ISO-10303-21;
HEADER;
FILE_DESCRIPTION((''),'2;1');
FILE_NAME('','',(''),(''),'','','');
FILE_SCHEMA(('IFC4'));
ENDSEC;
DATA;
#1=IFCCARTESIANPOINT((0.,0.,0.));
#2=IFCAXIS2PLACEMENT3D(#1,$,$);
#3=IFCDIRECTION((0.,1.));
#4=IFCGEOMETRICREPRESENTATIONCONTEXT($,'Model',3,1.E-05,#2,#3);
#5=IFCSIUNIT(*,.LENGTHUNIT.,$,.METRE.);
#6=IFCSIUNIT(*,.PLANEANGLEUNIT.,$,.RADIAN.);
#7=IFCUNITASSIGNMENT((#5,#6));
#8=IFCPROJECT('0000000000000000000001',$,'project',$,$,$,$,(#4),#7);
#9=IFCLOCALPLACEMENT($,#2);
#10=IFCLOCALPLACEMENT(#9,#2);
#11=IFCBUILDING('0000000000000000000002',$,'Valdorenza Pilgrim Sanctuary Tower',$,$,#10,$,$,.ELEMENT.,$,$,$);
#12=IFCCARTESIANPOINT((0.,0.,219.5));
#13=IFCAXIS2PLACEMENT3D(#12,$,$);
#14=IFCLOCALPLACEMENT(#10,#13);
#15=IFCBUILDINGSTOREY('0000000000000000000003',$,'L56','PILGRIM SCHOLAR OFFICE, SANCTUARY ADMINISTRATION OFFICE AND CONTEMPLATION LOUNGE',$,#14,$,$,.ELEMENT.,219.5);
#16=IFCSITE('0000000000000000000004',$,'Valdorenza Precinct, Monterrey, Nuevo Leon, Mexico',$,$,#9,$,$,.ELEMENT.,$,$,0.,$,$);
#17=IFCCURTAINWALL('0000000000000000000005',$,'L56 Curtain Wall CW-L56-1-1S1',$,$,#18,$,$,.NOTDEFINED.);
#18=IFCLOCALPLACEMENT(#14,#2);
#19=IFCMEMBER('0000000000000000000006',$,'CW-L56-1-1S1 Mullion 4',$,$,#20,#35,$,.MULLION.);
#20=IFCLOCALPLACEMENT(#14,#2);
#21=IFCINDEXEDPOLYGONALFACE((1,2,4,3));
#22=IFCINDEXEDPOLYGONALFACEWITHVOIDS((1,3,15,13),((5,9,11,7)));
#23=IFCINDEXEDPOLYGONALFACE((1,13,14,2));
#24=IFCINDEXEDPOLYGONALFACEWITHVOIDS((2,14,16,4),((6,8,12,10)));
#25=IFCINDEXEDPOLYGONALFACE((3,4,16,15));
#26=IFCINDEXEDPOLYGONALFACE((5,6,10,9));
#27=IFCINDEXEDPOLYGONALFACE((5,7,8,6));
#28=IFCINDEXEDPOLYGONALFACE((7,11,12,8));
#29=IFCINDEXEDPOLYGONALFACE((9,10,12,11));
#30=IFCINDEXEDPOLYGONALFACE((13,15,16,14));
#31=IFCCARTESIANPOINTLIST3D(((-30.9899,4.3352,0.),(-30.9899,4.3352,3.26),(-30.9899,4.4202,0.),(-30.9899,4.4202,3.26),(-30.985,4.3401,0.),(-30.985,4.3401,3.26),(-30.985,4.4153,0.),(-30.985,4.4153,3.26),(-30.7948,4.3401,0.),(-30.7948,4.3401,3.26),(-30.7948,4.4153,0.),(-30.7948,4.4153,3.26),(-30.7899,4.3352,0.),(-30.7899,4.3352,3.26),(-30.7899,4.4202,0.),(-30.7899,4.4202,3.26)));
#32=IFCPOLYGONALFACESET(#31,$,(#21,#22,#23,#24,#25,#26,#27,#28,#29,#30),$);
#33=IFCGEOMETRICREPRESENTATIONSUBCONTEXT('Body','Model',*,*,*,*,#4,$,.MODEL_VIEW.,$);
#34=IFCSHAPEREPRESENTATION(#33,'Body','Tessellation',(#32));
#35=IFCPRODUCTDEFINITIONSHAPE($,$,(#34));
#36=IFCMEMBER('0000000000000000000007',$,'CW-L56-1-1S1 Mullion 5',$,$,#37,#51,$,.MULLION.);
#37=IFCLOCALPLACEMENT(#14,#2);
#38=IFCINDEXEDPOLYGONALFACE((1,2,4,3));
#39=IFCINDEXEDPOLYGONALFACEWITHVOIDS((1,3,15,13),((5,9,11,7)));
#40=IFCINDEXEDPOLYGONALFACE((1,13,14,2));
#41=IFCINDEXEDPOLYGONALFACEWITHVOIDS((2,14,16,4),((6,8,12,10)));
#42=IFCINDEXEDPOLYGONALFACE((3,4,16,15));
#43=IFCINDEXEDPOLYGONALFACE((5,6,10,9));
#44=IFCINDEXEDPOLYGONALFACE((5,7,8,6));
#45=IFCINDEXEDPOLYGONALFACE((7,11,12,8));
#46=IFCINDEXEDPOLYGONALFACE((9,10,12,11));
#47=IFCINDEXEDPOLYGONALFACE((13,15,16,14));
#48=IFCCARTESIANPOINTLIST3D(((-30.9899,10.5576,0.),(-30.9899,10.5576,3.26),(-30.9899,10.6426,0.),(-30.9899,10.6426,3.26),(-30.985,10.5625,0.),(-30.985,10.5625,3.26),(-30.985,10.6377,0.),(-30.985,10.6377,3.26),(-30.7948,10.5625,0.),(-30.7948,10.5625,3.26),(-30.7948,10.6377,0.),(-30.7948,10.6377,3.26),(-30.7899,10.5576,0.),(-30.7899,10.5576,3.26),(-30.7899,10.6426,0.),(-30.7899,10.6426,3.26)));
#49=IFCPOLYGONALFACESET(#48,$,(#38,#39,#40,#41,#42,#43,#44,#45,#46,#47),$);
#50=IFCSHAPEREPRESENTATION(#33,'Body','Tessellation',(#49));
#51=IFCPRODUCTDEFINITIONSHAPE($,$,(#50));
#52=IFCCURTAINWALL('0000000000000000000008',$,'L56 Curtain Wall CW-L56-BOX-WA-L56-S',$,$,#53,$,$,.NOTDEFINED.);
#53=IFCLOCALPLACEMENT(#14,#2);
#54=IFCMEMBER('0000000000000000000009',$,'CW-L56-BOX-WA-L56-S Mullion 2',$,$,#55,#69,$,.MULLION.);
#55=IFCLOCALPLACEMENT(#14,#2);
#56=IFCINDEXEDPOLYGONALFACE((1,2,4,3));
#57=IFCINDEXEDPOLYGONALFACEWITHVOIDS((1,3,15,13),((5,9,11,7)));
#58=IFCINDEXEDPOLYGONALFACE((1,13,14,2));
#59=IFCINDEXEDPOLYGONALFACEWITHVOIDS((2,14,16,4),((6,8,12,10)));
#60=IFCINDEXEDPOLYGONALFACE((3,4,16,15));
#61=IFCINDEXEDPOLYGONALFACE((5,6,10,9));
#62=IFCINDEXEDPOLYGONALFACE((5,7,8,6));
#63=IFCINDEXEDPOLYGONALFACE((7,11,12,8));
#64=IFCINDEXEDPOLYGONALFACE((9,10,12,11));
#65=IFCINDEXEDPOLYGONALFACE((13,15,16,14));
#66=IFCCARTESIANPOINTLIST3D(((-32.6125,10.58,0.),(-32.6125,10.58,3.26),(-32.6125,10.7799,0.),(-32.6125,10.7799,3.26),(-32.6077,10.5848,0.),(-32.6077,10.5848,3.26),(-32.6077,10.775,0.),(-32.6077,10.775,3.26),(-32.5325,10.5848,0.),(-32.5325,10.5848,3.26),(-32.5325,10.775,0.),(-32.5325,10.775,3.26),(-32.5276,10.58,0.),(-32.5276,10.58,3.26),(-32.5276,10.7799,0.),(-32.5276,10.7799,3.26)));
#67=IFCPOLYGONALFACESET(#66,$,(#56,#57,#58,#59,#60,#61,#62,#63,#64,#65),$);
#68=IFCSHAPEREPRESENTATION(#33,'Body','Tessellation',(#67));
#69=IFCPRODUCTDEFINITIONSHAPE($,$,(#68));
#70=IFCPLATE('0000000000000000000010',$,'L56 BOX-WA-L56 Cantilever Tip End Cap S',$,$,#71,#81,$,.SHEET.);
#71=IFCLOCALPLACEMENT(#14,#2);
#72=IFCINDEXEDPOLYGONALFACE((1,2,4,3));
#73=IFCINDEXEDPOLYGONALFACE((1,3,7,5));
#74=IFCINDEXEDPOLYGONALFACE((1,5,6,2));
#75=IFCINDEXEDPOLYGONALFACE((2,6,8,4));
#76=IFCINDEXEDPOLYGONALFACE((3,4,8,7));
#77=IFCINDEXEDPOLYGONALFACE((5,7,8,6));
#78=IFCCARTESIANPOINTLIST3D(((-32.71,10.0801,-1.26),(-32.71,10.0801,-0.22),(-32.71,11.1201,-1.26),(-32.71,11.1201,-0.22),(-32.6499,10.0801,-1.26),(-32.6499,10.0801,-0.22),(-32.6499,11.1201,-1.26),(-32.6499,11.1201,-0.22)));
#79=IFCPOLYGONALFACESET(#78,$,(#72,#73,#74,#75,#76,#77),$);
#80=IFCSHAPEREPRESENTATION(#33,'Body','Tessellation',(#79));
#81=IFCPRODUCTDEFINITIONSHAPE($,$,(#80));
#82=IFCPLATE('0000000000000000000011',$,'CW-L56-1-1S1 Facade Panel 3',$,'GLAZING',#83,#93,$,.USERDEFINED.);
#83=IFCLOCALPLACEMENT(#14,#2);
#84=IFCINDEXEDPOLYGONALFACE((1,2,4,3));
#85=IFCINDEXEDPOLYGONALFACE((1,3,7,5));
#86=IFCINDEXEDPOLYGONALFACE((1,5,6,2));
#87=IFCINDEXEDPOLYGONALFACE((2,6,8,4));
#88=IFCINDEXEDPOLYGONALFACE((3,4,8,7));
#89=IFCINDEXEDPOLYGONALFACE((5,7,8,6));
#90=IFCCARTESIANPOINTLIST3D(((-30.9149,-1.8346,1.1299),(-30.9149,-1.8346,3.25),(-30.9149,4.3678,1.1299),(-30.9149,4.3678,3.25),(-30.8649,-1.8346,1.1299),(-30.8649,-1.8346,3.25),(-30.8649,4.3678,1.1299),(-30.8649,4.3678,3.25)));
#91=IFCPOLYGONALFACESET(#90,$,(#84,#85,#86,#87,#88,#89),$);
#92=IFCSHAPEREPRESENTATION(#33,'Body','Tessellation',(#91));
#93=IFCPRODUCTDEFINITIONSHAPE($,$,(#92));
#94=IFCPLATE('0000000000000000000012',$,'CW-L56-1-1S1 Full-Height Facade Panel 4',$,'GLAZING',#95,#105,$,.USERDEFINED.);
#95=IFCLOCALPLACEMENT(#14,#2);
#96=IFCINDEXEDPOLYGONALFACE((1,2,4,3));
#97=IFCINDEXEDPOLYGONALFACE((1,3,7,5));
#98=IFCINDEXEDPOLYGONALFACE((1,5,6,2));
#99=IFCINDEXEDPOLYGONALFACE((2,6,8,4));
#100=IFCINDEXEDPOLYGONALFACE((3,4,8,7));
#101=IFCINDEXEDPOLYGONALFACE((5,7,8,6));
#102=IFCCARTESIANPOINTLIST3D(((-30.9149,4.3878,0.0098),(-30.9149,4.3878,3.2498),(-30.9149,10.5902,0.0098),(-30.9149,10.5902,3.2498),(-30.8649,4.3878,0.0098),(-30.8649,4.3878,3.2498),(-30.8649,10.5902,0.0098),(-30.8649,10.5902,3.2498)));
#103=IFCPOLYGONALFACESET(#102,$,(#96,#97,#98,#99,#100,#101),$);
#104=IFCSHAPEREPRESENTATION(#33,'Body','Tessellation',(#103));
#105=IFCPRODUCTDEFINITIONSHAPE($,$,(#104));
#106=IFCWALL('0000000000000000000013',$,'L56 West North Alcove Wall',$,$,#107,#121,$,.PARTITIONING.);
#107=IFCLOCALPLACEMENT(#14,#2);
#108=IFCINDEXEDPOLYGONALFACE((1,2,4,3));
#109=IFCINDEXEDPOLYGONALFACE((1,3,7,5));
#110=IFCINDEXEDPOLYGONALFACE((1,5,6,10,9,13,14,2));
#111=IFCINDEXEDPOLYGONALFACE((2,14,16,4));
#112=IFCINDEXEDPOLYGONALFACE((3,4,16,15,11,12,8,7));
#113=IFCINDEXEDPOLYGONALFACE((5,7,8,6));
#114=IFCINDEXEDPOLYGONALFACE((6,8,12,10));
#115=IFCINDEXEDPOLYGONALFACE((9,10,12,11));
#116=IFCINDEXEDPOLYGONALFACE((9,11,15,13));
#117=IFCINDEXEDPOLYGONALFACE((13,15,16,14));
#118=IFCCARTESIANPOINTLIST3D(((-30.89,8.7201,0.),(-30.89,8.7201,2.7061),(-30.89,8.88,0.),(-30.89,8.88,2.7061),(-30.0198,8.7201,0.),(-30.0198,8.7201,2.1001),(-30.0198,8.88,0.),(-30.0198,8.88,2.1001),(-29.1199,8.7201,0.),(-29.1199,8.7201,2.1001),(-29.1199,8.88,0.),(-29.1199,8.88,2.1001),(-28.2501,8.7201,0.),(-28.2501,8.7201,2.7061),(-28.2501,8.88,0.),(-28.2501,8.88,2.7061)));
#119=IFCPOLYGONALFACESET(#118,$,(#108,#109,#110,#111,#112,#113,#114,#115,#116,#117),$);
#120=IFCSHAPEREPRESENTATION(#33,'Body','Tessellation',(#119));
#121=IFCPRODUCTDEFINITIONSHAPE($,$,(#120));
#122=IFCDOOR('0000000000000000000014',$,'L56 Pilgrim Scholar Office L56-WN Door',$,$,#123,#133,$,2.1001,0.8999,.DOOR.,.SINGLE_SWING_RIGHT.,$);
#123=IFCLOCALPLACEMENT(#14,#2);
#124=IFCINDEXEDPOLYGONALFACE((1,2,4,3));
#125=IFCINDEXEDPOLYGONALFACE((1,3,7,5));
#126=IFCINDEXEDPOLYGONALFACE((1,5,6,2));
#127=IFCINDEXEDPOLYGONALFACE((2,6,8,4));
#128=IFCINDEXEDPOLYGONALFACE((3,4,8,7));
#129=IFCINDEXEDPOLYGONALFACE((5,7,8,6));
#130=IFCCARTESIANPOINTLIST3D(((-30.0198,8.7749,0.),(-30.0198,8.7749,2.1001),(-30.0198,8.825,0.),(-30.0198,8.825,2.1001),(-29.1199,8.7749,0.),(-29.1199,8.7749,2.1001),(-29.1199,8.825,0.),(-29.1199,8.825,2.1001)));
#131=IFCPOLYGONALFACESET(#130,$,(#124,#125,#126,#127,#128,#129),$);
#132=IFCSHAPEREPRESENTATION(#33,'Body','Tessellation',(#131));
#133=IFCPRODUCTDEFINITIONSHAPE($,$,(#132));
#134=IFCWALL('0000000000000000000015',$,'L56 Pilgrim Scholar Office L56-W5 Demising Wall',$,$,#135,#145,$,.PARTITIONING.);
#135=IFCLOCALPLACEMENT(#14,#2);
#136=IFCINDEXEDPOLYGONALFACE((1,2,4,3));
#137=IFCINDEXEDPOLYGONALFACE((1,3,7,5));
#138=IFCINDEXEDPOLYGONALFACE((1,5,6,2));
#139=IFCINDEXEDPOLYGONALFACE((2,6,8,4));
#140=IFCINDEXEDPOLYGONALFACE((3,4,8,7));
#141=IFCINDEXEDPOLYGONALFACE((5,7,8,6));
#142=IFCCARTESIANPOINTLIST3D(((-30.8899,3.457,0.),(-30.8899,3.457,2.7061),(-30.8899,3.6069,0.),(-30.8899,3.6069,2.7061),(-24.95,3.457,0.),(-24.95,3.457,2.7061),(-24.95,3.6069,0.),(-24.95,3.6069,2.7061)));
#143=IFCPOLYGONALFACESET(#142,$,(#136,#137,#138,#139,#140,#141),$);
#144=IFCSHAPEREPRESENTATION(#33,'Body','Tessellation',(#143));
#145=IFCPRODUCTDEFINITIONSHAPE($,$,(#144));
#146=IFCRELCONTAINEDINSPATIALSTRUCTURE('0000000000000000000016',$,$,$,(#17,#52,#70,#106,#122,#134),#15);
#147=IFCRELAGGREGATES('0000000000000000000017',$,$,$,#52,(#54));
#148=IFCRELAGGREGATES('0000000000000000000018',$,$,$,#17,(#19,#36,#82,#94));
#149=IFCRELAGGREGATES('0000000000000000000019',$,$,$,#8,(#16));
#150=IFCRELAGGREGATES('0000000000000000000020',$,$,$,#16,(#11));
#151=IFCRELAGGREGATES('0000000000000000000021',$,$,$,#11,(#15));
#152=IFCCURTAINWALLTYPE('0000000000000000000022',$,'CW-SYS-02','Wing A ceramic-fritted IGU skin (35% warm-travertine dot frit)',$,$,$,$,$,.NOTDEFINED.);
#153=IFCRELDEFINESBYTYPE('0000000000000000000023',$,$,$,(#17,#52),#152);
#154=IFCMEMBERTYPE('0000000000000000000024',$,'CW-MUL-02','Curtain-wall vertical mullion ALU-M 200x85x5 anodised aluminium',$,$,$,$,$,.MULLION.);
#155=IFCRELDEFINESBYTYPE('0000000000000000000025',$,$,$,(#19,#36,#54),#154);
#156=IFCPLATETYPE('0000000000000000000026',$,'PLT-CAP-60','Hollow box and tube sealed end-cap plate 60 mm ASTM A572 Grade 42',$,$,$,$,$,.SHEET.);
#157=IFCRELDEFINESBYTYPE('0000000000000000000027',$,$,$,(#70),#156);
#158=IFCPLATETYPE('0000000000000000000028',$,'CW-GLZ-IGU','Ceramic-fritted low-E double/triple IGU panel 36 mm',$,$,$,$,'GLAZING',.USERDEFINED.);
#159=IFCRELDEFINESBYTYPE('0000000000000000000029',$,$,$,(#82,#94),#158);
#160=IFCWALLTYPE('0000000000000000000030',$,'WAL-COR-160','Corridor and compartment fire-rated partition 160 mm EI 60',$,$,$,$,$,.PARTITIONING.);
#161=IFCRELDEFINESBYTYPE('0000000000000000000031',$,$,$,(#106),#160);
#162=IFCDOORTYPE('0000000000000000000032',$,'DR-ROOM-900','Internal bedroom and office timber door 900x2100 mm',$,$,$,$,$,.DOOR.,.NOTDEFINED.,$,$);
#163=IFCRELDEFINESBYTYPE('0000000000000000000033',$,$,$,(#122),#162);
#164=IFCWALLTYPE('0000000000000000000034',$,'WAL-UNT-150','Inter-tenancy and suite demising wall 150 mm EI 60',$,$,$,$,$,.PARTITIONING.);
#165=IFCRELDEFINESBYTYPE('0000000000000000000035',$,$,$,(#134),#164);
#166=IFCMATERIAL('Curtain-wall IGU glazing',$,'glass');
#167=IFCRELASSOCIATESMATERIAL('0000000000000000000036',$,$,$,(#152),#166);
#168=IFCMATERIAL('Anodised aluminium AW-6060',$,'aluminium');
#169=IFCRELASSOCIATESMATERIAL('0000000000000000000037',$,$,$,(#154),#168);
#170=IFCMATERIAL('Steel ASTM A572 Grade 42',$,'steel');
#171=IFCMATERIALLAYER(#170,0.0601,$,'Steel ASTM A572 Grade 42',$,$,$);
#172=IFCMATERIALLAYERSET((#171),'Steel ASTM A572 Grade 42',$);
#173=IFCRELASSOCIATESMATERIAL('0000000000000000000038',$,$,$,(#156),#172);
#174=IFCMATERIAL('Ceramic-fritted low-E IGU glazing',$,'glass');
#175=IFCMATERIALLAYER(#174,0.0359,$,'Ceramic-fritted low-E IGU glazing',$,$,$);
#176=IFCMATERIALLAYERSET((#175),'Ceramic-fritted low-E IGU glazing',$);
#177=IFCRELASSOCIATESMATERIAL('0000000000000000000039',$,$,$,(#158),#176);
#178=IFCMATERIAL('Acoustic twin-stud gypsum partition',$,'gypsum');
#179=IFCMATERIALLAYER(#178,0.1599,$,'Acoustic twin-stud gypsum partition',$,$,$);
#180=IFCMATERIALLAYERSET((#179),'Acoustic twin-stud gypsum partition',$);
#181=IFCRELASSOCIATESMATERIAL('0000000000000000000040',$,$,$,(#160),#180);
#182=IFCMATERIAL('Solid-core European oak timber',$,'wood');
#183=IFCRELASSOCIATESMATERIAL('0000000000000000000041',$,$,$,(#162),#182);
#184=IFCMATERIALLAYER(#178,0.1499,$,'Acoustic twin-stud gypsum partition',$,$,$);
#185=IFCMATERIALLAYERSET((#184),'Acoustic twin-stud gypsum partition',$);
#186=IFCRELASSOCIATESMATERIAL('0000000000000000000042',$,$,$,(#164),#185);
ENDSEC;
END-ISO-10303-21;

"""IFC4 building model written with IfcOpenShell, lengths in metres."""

from ifc_helpers import new_model, si_unit, direction, frame, frame_2d, origin, origin_2d, place, context, subcontext, project, spatial, rectangle, hollow_rectangle, extrude, source, transform, mapped, material, layer, layer_set, material_profile, profile_set, type_object, element, fill, aggregate, save


model = new_model("IFC4")

# Units and contexts
model_context = context("Model", 3, precision=1e-05, world=origin(), true_north=direction((0.0, 1.0)))
body_context = subcontext(model_context, "Body", "Model", "MODEL_VIEW")
ifc_project = project(units=[si_unit("LENGTHUNIT", "METRE"), si_unit("PLANEANGLEUNIT", "RADIAN")], contexts=[model_context])

# Site, building, storey
site_placement = place(None, origin())
site = spatial("IfcSite", under=ifc_project, at=site_placement, Name="Valdorenza Precinct, Monterrey, Nuevo Leon, Mexico", CompositionType="ELEMENT", RefElevation=0.0)
building_placement = place(site_placement, origin())
building = spatial("IfcBuilding", under=site, at=building_placement, Name="Valdorenza Pilgrim Sanctuary Tower", CompositionType="ELEMENT")
storey_placement = place(building_placement, frame((0.0, 0.0, 219.5)))
storey = spatial("IfcBuildingStorey", under=building, at=storey_placement, Name="L56", Description="PILGRIM SCHOLAR OFFICE, SANCTUARY ADMINISTRATION OFFICE AND CONTEMPLATION LOUNGE", CompositionType="ELEMENT", Elevation=219.5)

# Shared definitions
ifc_material_1 = material(Name="Curtain-wall IGU glazing", Category="glass")
curtain_wall_type = type_object("IfcCurtainWallType", Name="CW-SYS-02", Description="Wing A ceramic-fritted IGU skin (35% warm-travertine dot frit)", PredefinedType="NOTDEFINED", material=ifc_material_1)
ifc_material_2 = material(Name="Anodised aluminium AW-6060", Category="aluminium")

# Curtain wall, members
curtain_wall_1_placement = place(storey_placement, origin())
curtain_wall_1 = element("IfcCurtainWall", 1, at=curtain_wall_1_placement, inside=storey, type_object=curtain_wall_type, Name="L56 Curtain Wall CW-L56-1-1S1", PredefinedType="NOTDEFINED")
ifc_material_profile_1 = material_profile(ifc_material_2, hollow_rectangle(XDim=0.085, YDim=0.2, WallThickness=0.0049, at=origin_2d()), Name="ALU-M 200x85x5")
ifc_profile_set_1 = profile_set([ifc_material_profile_1], Name="Anodised aluminium AW-6060")
member_type_1 = type_object("IfcMemberType", Name="CW-MUL-02", Description="Curtain-wall vertical mullion ALU-M 200x85x5 anodised aluminium", PredefinedType="MULLION", material=ifc_profile_set_1)
shared_shape_1 = source(origin(), body_context, "Body", "SweptSolid", [
    extrude(hollow_rectangle(XDim=0.085, YDim=0.2, WallThickness=0.0049, at=origin_2d()), origin(), (0.0, 0.0, 1.0), 3.26),
])
member_1_placement = place(storey_placement, frame((-30.8899, 4.3777, 0.0), z_axis=(0.0, 0.0, 1.0), x_axis=(0.0, 1.0, 0.0)))
member_1 = element("IfcMember", 2, at=member_1_placement, type_object=member_type_1, Name="CW-L56-1-1S1 Mullion 4", PredefinedType="MULLION", context=body_context, shape_type="MappedRepresentation", body=[
    mapped(shared_shape_1, transform((0.0, 0.0, 0.0), x_axis=(1.0, 0.0, 0.0), y_axis=(0.0, 1.0, 0.0), z_axis=(0.0, 0.0, 1.0), scale=1.0)),
])
member_2_placement = place(storey_placement, frame((-30.8899, 10.6001, 0.0), z_axis=(0.0, 0.0, 1.0), x_axis=(0.0, 1.0, 0.0)))
member_2 = element("IfcMember", 3, at=member_2_placement, type_object=member_type_1, Name="CW-L56-1-1S1 Mullion 5", PredefinedType="MULLION", context=body_context, shape_type="MappedRepresentation", body=[
    mapped(shared_shape_1, transform((0.0, 0.0, 0.0), x_axis=(1.0, 0.0, 0.0), y_axis=(0.0, 1.0, 0.0), z_axis=(0.0, 0.0, 1.0), scale=1.0)),
])

# Curtain wall, member
curtain_wall_2_placement = place(storey_placement, origin())
curtain_wall_2 = element("IfcCurtainWall", 4, at=curtain_wall_2_placement, inside=storey, type_object=curtain_wall_type, Name="L56 Curtain Wall CW-L56-BOX-WA-L56-S", PredefinedType="NOTDEFINED")
member_3_placement = place(storey_placement, frame((-32.5701, 10.6799, 0.0), z_axis=(0.0, 0.0, 1.0), x_axis=(-1.0, 0.0, 0.0)))
member_3 = element("IfcMember", 5, at=member_3_placement, type_object=member_type_1, Name="CW-L56-BOX-WA-L56-S Mullion 2", PredefinedType="MULLION", context=body_context, shape_type="MappedRepresentation", body=[
    mapped(shared_shape_1, transform((0.0, 0.0, 0.0), x_axis=(1.0, 0.0, 0.0), y_axis=(0.0, 1.0, 0.0), z_axis=(0.0, 0.0, 1.0), scale=1.0)),
])
aggregate(curtain_wall_2, [member_3])

# Plates
ifc_material_3 = material(Name="Steel ASTM A572 Grade 42", Category="steel")
ifc_layer_1 = layer(ifc_material_3, 0.0601, Name="Steel ASTM A572 Grade 42")
ifc_layer_set_1 = layer_set([ifc_layer_1], Name="Steel ASTM A572 Grade 42")
plate_type_1 = type_object("IfcPlateType", Name="PLT-CAP-60", Description="Hollow box and tube sealed end-cap plate 60 mm ASTM A572 Grade 42", PredefinedType="SHEET", material=ifc_layer_set_1)
shared_shape_2 = source(origin(), body_context, "Body", "SweptSolid", [
    extrude(rectangle(XDim=0.0601, YDim=1.04, at=origin_2d()), origin(), (0.0, 0.0, 1.0), 1.04),
])
plate_1_placement = place(storey_placement, frame((-32.6799, 10.6001, -1.26), z_axis=(0.0, 0.0, 1.0), x_axis=(1.0, 0.0, 0.0)))
element("IfcPlate", 6, at=plate_1_placement, inside=storey, type_object=plate_type_1, Name="L56 BOX-WA-L56 Cantilever Tip End Cap S", PredefinedType="SHEET", context=body_context, shape_type="MappedRepresentation", body=[
    mapped(shared_shape_2, transform((0.0, 0.0, 0.0), x_axis=(1.0, 0.0, 0.0), y_axis=(0.0, 1.0, 0.0), z_axis=(0.0, 0.0, 1.0), scale=1.0)),
])
ifc_material_4 = material(Name="Ceramic-fritted low-E IGU glazing", Category="glass")
ifc_layer_2 = layer(ifc_material_4, 0.0359, Name="Ceramic-fritted low-E IGU glazing")
ifc_layer_set_2 = layer_set([ifc_layer_2], Name="Ceramic-fritted low-E IGU glazing")
plate_type_2 = type_object("IfcPlateType", Name="CW-GLZ-IGU", Description="Ceramic-fritted low-E double/triple IGU panel 36 mm", ElementType="GLAZING", PredefinedType="USERDEFINED", material=ifc_layer_set_2)
shared_shape_3 = source(origin(), body_context, "Body", "SweptSolid", [
    extrude(rectangle(XDim=6.2024, YDim=0.05, at=origin_2d()), origin(), (0.0, 0.0, 1.0), 2.1201),
])
plate_2_placement = place(storey_placement, frame((-30.8899, 1.2666, 1.1299), z_axis=(0.0, 0.0, 1.0), x_axis=(0.0, 1.0, 0.0)))
plate_2 = element("IfcPlate", 7, at=plate_2_placement, type_object=plate_type_2, Name="CW-L56-1-1S1 Facade Panel 3", ObjectType="GLAZING", PredefinedType="USERDEFINED", context=body_context, shape_type="MappedRepresentation", body=[
    mapped(shared_shape_3, transform((0.0, 0.0, 0.0), x_axis=(1.0, 0.0, 0.0), y_axis=(0.0, 1.0, 0.0), z_axis=(0.0, 0.0, 1.0), scale=1.0)),
])
shared_shape_4 = source(origin(), body_context, "Body", "SweptSolid", [
    extrude(rectangle(XDim=6.2024, YDim=0.05, at=origin_2d()), origin(), (0.0, 0.0, 1.0), 3.24),
])
plate_3_placement = place(storey_placement, frame((-30.8899, 7.489, 0.0098), z_axis=(0.0, 0.0, 1.0), x_axis=(0.0, 1.0, 0.0)))
plate_3 = element("IfcPlate", 8, at=plate_3_placement, type_object=plate_type_2, Name="CW-L56-1-1S1 Full-Height Facade Panel 4", ObjectType="GLAZING", PredefinedType="USERDEFINED", context=body_context, shape_type="MappedRepresentation", body=[
    mapped(shared_shape_4, transform((0.0, 0.0, 0.0), x_axis=(1.0, 0.0, 0.0), y_axis=(0.0, 1.0, 0.0), z_axis=(0.0, 0.0, 1.0), scale=1.0)),
])
aggregate(curtain_wall_1, [member_1, member_2, plate_2, plate_3])

# Wall, opening, door
ifc_material_5 = material(Name="Acoustic twin-stud gypsum partition", Category="gypsum")
ifc_layer_3 = layer(ifc_material_5, 0.1599, Name="Acoustic twin-stud gypsum partition")
ifc_layer_set_3 = layer_set([ifc_layer_3], Name="Acoustic twin-stud gypsum partition")
wall_type_1 = type_object("IfcWallType", Name="WAL-COR-160", Description="Corridor and compartment fire-rated partition 160 mm EI 60", PredefinedType="PARTITIONING", material=ifc_layer_set_3)
wall_1_placement = place(storey_placement, frame((-30.8899, 8.8, 0.0), z_axis=(0.0, 0.0, 1.0), x_axis=(1.0, 0.0, 0.0)))
wall_1 = element("IfcWall", 9, at=wall_1_placement, inside=storey, type_object=wall_type_1, Name="L56 West North Alcove Wall", PredefinedType="PARTITIONING", context=body_context, shape_type="SweptSolid", body=[
    extrude(rectangle(XDim=2.6399, YDim=0.1599, at=frame_2d((1.3198, 0.0))), origin(), (0.0, 0.0, 1.0), 2.7061),
])
opening_placement = place(wall_1_placement, frame((0.8701, 0.0, 0.0)))
opening = element("IfcOpeningElement", 10, at=opening_placement, cuts=wall_1, PredefinedType="OPENING", context=body_context, shape_type="SweptSolid", body=[
    extrude(rectangle(XDim=0.8999, YDim=2.1001, at=frame_2d((0.45, 1.05))), frame((0.0, 0.0947, 0.0), z_axis=(0.0, -1.0, 0.0), x_axis=(1.0, 0.0, 0.0)), (0.0, 0.0, 1.0), 0.1897),
])
ifc_material_6 = material(Name="Solid-core European oak timber", Category="wood")
door_type = type_object("IfcDoorType", Name="DR-ROOM-900", Description="Internal bedroom and office timber door 900x2100 mm", OperationType="NOTDEFINED", PredefinedType="DOOR", material=ifc_material_6)
door_placement = place(opening_placement, origin())
door = element("IfcDoor", 11, at=door_placement, inside=storey, type_object=door_type, Name="L56 Pilgrim Scholar Office L56-WN Door", OperationType="SINGLE_SWING_RIGHT", OverallHeight=2.1001, OverallWidth=0.8999, PredefinedType="DOOR", context=body_context, shape_type="SweptSolid", body=[
    extrude(rectangle(XDim=0.8999, YDim=2.1001, at=frame_2d((0.45, 1.05))), frame((0.0, 0.0249, 0.0), z_axis=(0.0, -1.0, 0.0), x_axis=(1.0, 0.0, 0.0)), (0.0, 0.0, 1.0), 0.05),
])
fill(opening, door)

# Wall
ifc_layer_4 = layer(ifc_material_5, 0.1499, Name="Acoustic twin-stud gypsum partition")
ifc_layer_set_4 = layer_set([ifc_layer_4], Name="Acoustic twin-stud gypsum partition")
wall_type_2 = type_object("IfcWallType", Name="WAL-UNT-150", Description="Inter-tenancy and suite demising wall 150 mm EI 60", PredefinedType="PARTITIONING", material=ifc_layer_set_4)
wall_2_placement = place(storey_placement, frame((-30.8899, 3.532, 0.0), z_axis=(0.0, 0.0, 1.0), x_axis=(1.0, 0.0, 0.0)))
element("IfcWall", 12, at=wall_2_placement, inside=storey, type_object=wall_type_2, Name="L56 Pilgrim Scholar Office L56-W5 Demising Wall", PredefinedType="PARTITIONING", context=body_context, shape_type="SweptSolid", body=[
    extrude(rectangle(XDim=5.9399, YDim=0.1499, at=frame_2d((2.97, 0.0))), origin(), (0.0, 0.0, 1.0), 2.7061),
])

save(model, "model.ifc")
